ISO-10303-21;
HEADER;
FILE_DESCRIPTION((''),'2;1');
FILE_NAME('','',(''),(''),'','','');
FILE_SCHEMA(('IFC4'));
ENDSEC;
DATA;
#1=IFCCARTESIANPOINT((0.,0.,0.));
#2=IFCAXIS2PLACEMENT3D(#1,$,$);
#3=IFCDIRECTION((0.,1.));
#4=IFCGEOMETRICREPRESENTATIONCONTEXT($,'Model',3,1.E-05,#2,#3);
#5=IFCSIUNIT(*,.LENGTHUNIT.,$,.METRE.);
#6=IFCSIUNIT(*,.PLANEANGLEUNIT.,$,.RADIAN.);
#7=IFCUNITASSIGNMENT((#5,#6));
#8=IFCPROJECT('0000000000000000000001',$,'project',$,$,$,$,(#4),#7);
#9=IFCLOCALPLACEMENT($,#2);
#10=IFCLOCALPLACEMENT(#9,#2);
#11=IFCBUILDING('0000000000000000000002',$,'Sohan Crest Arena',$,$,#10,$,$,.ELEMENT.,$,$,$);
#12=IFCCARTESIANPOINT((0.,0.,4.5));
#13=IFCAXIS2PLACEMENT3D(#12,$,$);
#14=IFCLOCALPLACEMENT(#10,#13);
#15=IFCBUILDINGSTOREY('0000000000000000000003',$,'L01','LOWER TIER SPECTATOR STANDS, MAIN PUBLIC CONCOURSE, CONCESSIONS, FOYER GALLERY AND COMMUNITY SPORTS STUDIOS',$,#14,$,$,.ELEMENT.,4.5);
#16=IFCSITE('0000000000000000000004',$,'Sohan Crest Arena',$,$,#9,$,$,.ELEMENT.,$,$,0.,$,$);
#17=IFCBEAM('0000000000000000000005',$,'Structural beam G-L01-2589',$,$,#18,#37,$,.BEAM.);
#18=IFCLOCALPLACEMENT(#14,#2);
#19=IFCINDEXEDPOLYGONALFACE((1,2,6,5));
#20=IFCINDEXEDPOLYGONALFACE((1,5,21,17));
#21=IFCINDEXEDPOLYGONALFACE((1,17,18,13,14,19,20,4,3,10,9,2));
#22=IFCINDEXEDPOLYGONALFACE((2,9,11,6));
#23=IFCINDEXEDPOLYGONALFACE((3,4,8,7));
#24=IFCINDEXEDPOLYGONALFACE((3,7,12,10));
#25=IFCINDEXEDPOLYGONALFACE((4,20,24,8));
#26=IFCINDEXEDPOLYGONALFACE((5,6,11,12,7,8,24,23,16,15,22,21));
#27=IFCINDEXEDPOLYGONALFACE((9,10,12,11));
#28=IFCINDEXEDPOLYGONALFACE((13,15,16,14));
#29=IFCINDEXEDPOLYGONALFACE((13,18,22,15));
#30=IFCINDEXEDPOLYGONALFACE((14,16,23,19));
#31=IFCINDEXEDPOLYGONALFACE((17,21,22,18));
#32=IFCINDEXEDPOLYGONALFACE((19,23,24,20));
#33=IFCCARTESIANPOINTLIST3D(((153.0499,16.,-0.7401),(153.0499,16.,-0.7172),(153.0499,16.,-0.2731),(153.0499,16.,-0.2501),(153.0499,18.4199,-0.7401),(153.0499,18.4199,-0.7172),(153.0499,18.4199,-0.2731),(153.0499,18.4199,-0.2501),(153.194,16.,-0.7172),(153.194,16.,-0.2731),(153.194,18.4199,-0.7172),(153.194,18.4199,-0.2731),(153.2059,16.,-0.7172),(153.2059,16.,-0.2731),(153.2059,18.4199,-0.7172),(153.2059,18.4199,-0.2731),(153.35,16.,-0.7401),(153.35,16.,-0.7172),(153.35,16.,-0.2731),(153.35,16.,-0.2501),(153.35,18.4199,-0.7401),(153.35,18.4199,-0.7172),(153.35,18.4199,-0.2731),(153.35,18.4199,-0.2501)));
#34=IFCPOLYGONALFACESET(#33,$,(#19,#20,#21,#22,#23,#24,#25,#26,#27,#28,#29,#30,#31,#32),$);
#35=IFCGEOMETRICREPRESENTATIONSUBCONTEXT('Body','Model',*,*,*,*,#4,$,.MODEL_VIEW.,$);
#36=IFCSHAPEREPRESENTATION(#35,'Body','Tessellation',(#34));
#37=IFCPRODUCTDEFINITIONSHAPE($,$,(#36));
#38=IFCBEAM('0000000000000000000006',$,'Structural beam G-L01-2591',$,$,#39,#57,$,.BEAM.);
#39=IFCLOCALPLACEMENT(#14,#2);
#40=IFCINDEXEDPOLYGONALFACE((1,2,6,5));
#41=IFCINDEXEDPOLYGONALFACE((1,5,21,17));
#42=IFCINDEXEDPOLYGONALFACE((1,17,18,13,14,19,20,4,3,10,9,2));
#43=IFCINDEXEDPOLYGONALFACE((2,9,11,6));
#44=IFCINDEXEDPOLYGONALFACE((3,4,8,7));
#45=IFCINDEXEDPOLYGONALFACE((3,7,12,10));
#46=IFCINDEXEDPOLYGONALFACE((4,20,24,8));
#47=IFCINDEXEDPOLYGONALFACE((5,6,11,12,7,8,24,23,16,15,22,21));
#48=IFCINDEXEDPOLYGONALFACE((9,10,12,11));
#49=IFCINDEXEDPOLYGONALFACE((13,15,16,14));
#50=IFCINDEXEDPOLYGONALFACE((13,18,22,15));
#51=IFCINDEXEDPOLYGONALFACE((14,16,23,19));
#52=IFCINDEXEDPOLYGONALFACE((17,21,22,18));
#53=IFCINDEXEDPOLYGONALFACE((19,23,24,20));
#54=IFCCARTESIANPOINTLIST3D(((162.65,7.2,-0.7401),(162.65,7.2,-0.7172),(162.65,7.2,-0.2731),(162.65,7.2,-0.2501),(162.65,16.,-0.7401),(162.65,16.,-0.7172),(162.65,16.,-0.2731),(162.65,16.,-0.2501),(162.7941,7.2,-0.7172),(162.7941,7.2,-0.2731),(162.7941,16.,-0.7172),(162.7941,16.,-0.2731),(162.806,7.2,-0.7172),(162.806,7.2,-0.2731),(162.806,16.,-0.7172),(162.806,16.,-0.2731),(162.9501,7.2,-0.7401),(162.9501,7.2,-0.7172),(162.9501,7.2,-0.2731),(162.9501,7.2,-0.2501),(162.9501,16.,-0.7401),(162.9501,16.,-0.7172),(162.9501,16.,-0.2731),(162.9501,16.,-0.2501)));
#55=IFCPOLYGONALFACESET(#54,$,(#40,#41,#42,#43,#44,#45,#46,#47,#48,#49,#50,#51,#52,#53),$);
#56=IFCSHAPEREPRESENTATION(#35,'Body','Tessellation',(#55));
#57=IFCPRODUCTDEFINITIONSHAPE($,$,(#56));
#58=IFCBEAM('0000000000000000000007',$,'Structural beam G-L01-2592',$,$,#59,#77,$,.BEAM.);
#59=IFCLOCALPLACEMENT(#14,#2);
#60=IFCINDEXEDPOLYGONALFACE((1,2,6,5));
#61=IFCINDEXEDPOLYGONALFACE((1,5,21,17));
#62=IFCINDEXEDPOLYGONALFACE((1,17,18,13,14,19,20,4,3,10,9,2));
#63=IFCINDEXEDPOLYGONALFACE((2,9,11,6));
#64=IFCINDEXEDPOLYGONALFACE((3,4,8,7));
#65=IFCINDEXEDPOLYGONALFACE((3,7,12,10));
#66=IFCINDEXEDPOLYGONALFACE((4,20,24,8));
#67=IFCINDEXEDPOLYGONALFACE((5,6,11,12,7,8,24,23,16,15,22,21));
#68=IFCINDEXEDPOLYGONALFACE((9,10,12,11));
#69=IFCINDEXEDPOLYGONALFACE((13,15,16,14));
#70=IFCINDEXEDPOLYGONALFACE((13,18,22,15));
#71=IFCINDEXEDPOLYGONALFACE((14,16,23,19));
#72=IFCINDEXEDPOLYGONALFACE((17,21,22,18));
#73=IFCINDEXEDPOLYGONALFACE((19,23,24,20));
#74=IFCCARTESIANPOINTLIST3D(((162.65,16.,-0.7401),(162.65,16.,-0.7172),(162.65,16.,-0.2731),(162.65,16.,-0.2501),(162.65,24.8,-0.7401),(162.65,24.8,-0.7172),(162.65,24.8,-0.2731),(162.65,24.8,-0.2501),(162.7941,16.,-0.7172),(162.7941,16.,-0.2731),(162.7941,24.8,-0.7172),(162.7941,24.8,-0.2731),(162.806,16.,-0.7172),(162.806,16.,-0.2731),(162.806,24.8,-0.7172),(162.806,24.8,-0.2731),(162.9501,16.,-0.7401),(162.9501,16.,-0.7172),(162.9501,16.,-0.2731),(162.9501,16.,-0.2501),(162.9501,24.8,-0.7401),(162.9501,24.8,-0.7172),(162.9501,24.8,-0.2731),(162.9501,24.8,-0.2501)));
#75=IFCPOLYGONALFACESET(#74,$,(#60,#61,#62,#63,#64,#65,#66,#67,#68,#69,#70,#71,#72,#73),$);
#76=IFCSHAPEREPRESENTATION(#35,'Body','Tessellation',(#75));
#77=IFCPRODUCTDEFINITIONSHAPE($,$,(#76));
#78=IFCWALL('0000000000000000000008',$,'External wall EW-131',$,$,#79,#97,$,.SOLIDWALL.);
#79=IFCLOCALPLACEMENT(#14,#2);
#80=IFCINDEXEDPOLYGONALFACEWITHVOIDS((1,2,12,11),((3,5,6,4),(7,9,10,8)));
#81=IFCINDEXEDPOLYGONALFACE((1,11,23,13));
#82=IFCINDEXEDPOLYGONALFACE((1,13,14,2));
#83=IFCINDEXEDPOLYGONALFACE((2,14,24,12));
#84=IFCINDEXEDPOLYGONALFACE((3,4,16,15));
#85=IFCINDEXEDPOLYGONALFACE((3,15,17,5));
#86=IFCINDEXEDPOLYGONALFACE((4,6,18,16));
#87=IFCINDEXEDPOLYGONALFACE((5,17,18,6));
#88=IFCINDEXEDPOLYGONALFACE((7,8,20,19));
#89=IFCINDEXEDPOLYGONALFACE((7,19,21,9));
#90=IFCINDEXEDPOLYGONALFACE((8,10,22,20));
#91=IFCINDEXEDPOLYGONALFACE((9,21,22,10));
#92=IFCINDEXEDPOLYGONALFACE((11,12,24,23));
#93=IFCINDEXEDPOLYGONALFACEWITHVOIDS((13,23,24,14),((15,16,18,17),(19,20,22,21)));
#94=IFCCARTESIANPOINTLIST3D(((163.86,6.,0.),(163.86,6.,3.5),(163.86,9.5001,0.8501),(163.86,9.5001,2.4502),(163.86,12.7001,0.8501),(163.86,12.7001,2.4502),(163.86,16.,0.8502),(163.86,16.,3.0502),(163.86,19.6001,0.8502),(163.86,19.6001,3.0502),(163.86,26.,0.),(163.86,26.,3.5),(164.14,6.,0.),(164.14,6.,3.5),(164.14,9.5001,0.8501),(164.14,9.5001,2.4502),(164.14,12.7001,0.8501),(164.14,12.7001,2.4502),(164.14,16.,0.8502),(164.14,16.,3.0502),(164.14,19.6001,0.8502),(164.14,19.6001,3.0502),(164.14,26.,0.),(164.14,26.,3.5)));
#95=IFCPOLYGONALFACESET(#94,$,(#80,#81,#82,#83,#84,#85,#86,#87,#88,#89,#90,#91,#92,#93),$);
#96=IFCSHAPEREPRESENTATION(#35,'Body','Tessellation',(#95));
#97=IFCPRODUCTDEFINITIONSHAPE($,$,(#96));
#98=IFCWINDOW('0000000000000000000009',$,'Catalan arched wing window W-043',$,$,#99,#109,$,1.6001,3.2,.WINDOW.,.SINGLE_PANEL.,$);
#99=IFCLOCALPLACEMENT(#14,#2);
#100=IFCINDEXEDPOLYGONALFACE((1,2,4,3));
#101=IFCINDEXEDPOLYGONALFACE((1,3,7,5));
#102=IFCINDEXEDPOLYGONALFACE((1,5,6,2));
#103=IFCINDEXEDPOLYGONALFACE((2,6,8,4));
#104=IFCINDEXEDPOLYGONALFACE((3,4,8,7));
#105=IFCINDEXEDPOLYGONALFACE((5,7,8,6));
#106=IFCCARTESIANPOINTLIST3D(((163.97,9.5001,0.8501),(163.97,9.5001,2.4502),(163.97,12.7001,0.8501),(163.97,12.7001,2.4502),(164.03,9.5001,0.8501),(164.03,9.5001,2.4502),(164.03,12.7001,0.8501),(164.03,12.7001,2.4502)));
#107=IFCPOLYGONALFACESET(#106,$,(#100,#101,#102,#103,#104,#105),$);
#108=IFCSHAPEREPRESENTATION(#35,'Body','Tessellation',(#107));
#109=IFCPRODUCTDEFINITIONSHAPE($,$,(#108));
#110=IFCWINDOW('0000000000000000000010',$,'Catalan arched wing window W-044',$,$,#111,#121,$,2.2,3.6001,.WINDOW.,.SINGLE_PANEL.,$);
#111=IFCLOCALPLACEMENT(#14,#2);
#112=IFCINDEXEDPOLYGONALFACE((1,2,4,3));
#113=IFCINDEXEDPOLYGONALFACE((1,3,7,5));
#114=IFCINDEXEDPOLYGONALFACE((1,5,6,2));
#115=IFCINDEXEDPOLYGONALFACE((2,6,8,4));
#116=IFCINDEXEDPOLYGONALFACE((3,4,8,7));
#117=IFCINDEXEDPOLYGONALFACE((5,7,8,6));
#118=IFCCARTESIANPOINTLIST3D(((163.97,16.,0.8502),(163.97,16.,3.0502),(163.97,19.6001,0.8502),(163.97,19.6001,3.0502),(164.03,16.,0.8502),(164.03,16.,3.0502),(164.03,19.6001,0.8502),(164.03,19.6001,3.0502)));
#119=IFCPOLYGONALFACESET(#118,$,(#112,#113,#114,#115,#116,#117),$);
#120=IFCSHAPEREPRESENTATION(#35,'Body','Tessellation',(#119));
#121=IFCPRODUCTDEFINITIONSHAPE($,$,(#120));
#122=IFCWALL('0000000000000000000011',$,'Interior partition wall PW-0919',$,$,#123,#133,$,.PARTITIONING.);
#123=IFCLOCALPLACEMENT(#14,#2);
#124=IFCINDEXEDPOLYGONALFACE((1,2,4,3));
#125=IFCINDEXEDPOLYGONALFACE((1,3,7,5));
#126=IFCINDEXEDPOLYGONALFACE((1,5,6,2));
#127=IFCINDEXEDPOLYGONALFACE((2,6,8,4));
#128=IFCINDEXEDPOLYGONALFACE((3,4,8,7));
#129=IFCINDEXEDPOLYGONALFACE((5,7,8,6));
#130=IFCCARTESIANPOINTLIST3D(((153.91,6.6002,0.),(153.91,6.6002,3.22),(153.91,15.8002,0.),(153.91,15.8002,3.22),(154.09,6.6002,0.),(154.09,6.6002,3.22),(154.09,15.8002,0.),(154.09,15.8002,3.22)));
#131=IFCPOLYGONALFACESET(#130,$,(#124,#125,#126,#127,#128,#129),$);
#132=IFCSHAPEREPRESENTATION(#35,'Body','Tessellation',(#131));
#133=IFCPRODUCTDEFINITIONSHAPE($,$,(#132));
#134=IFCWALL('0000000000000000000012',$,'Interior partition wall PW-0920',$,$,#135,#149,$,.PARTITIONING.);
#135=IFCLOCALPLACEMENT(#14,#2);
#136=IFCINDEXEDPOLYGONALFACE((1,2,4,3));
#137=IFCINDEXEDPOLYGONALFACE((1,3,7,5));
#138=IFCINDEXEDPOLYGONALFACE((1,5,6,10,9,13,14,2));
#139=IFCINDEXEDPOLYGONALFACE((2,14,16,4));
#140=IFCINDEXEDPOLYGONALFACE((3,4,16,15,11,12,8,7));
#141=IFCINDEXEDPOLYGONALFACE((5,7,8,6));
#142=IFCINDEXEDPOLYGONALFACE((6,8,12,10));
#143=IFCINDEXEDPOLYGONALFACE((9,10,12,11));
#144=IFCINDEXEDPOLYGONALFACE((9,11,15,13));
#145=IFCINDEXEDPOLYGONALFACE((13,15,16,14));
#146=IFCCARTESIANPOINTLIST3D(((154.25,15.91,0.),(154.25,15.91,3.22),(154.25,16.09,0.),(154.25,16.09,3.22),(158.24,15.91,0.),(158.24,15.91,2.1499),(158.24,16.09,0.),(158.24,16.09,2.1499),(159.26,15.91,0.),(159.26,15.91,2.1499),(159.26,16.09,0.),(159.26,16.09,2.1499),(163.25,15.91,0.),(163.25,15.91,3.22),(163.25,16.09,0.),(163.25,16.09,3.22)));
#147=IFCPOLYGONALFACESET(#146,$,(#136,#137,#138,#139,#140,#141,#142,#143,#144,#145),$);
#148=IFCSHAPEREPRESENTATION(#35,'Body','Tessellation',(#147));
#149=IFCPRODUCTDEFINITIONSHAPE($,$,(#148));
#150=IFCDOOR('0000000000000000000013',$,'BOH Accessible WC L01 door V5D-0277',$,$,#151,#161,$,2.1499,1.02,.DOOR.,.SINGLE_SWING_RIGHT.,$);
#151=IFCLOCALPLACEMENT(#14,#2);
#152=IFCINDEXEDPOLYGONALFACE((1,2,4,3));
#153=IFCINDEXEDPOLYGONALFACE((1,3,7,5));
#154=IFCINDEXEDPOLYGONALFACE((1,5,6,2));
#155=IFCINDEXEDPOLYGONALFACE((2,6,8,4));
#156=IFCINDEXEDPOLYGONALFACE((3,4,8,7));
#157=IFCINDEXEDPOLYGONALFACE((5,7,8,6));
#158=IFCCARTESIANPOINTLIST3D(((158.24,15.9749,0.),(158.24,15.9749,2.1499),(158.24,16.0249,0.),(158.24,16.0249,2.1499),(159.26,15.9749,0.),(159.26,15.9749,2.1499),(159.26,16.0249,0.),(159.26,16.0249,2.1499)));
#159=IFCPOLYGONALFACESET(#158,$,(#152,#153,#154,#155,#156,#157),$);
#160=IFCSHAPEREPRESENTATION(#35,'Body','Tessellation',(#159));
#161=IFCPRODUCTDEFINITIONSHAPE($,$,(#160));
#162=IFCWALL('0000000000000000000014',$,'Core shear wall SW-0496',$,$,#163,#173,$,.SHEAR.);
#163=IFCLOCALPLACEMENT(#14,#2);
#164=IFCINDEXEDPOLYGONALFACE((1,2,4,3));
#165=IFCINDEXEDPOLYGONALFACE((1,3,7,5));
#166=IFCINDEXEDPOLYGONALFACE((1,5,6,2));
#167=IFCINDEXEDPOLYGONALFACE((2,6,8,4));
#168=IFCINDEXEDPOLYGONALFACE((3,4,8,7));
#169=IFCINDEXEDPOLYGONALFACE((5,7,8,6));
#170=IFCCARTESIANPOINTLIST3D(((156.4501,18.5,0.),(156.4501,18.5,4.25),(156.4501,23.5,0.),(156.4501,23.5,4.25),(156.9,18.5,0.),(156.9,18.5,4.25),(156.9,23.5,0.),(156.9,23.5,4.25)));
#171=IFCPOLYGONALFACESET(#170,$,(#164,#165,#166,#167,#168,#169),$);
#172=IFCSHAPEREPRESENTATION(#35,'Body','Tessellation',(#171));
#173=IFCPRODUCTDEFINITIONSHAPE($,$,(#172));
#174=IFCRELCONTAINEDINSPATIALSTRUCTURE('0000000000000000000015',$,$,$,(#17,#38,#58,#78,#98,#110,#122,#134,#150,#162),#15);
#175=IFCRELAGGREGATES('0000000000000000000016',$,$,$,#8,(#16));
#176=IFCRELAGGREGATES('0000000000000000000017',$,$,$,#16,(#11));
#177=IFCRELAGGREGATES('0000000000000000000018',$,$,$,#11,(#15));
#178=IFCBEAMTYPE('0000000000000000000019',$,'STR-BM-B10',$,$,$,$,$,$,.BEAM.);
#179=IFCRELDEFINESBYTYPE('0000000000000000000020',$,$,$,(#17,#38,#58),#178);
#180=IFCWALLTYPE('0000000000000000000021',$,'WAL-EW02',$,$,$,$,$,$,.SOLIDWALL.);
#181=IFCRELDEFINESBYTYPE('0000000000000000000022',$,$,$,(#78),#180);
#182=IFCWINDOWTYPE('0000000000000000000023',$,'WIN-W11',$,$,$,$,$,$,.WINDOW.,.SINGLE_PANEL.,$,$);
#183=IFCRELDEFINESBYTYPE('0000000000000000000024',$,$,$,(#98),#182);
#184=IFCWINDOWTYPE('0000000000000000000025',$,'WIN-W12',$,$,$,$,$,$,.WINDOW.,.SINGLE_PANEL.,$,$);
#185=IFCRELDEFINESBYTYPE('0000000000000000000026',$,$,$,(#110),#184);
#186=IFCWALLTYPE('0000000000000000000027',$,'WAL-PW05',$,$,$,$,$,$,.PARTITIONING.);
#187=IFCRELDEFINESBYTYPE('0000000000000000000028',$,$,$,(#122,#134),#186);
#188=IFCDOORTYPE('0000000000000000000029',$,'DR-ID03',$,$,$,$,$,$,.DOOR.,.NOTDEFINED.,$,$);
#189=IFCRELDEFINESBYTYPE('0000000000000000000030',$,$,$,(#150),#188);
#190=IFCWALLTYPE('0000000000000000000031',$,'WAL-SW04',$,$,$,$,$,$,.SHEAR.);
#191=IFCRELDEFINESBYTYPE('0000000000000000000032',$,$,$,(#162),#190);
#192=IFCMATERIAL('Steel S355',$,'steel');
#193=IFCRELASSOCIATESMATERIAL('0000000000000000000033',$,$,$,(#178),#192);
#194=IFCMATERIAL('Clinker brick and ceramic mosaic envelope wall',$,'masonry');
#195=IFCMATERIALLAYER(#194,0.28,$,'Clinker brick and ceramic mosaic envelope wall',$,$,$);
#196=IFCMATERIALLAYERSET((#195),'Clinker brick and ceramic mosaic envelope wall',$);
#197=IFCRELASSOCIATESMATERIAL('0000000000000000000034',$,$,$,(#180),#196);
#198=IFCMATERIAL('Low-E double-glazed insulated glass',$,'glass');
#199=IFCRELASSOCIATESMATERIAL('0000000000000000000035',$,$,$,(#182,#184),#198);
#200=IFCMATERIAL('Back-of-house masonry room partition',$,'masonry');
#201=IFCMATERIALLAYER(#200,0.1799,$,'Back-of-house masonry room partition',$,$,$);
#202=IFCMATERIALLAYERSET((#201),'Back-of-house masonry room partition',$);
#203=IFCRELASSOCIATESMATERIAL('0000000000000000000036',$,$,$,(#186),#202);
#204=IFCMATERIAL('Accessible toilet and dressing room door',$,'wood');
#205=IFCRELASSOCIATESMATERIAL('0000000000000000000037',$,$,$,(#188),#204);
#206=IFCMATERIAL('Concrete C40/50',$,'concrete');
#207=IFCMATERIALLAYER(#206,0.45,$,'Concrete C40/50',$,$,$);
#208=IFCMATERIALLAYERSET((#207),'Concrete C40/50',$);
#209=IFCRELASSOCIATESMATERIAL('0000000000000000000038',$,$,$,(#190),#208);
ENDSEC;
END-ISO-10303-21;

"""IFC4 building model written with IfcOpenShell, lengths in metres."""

from ifc_helpers import new_model, si_unit, direction, frame, frame_2d, origin, origin_2d, place, context, subcontext, project, spatial, rectangle, i_section, extrude, material, layer, layer_set, material_profile, profile_set, type_object, element, fill, save


model = new_model("IFC4")

# Units and contexts
model_context = context("Model", 3, precision=1e-05, world=origin(), true_north=direction((0.0, 1.0)))
body_context = subcontext(model_context, "Body", "Model", "MODEL_VIEW")
ifc_project = project(units=[si_unit("LENGTHUNIT", "METRE"), si_unit("PLANEANGLEUNIT", "RADIAN")], contexts=[model_context])

# Site, building, storey
site_placement = place(None, origin())
site = spatial("IfcSite", under=ifc_project, at=site_placement, Name="Sohan Crest Arena", CompositionType="ELEMENT", RefElevation=0.0)
building_placement = place(site_placement, origin())
building = spatial("IfcBuilding", under=site, at=building_placement, Name="Sohan Crest Arena", CompositionType="ELEMENT")
storey_placement = place(building_placement, frame((0.0, 0.0, 4.5)))
storey = spatial("IfcBuildingStorey", under=building, at=storey_placement, Name="L01", Description="LOWER TIER SPECTATOR STANDS, MAIN PUBLIC CONCOURSE, CONCESSIONS, FOYER GALLERY AND COMMUNITY SPORTS STUDIOS", CompositionType="ELEMENT", Elevation=4.5)

# Shared definitions
ifc_material_1 = material(Name="Steel S355", Category="steel")

# Beams
ifc_material_profile_1 = material_profile(ifc_material_1, i_section(OverallWidth=0.3, OverallDepth=0.49, WebThickness=0.012, FlangeThickness=0.0229, at=origin_2d()), Name="HEA 500")
ifc_profile_set_1 = profile_set([ifc_material_profile_1], Name="Steel S355")
beam_type_1 = type_object("IfcBeamType", Name="STR-BM-B10", PredefinedType="BEAM", material=ifc_profile_set_1)
beam_1_placement = place(storey_placement, frame((153.2, 16.0, -0.4951), z_axis=(0.0, 1.0, 0.0), x_axis=(-1.0, 0.0, 0.0)))
element("IfcBeam", 1, at=beam_1_placement, inside=storey, type_object=beam_type_1, Name="Structural beam G-L01-2589", PredefinedType="BEAM", context=body_context, shape_type="SweptSolid", body=[
    extrude(i_section(OverallWidth=0.3, OverallDepth=0.49, WebThickness=0.012, FlangeThickness=0.0229, at=origin_2d()), origin(), (0.0, 0.0, 1.0), 2.4199),
])
for number, where, z_axis, x_axis, name in (
    (2, (162.8, 7.2, -0.4951), (0.0, 1.0, 0.0), (-1.0, 0.0, 0.0), "Structural beam G-L01-2591"),
    (3, (162.8, 16.0, -0.4951), (0.0, 1.0, 0.0), (-1.0, 0.0, 0.0), "Structural beam G-L01-2592"),
):
    element("IfcBeam", number, at=place(storey_placement, frame(where, z_axis=z_axis, x_axis=x_axis)), inside=storey, type_object=beam_type_1, Name=name, PredefinedType="BEAM", context=body_context, shape_type="SweptSolid", body=[
        extrude(i_section(OverallWidth=0.3, OverallDepth=0.49, WebThickness=0.012, FlangeThickness=0.0229, at=origin_2d()), origin(), (0.0, 0.0, 1.0), 8.8),
    ])

# Wall, openings, windows
ifc_material_2 = material(Name="Clinker brick and ceramic mosaic envelope wall", Category="masonry")
ifc_layer_1 = layer(ifc_material_2, 0.28, Name="Clinker brick and ceramic mosaic envelope wall")
ifc_layer_set_1 = layer_set([ifc_layer_1], Name="Clinker brick and ceramic mosaic envelope wall")
wall_type_1 = type_object("IfcWallType", Name="WAL-EW02", PredefinedType="SOLIDWALL", material=ifc_layer_set_1)
wall_1_placement = place(storey_placement, frame((164.0, 6.0, 0.0), z_axis=(0.0, 0.0, 1.0), x_axis=(0.0, 1.0, 0.0)))
wall_1 = element("IfcWall", 4, at=wall_1_placement, inside=storey, type_object=wall_type_1, Name="External wall EW-131", PredefinedType="SOLIDWALL", context=body_context, shape_type="SweptSolid", body=[
    extrude(rectangle(XDim=20.0, YDim=0.28, at=frame_2d((10.0, 0.0))), origin(), (0.0, 0.0, 1.0), 3.5),
])
opening_1_placement = place(wall_1_placement, frame((3.5, 0.0, 0.8501)))
opening_1 = element("IfcOpeningElement", 5, at=opening_1_placement, cuts=wall_1, PredefinedType="OPENING", context=body_context, shape_type="SweptSolid", body=[
    extrude(rectangle(XDim=3.2, YDim=1.6001, at=frame_2d((1.6001, 0.8))), frame((0.0, 0.1499, 0.0), z_axis=(0.0, -1.0, 0.0), x_axis=(1.0, 0.0, 0.0)), (0.0, 0.0, 1.0), 0.3),
])
opening_2_placement = place(wall_1_placement, frame((10.0, 0.0, 0.8501)))
opening_2 = element("IfcOpeningElement", 6, at=opening_2_placement, cuts=wall_1, PredefinedType="OPENING", context=body_context, shape_type="SweptSolid", body=[
    extrude(rectangle(XDim=3.6001, YDim=2.2, at=frame_2d((1.8, 1.1001))), frame((0.0, 0.1499, 0.0), z_axis=(0.0, -1.0, 0.0), x_axis=(1.0, 0.0, 0.0)), (0.0, 0.0, 1.0), 0.3),
])
ifc_material_3 = material(Name="Low-E double-glazed insulated glass", Category="glass")
window_type_1 = type_object("IfcWindowType", Name="WIN-W11", PartitioningType="SINGLE_PANEL", PredefinedType="WINDOW", material=ifc_material_3)
window_1_placement = place(opening_1_placement, origin())
window_1 = element("IfcWindow", 7, at=window_1_placement, inside=storey, type_object=window_type_1, Name="Catalan arched wing window W-043", OverallHeight=1.6001, OverallWidth=3.2, PartitioningType="SINGLE_PANEL", PredefinedType="WINDOW", context=body_context, shape_type="SweptSolid", body=[
    extrude(rectangle(XDim=3.2, YDim=1.6001, at=frame_2d((1.6001, 0.8))), frame((0.0, 0.03, 0.0), z_axis=(0.0, -1.0, 0.0), x_axis=(1.0, 0.0, 0.0)), (0.0, 0.0, 1.0), 0.0601),
])
fill(opening_1, window_1)
window_type_2 = type_object("IfcWindowType", Name="WIN-W12", PartitioningType="SINGLE_PANEL", PredefinedType="WINDOW", material=ifc_material_3)
window_2_placement = place(opening_2_placement, origin())
window_2 = element("IfcWindow", 8, at=window_2_placement, inside=storey, type_object=window_type_2, Name="Catalan arched wing window W-044", OverallHeight=2.2, OverallWidth=3.6001, PartitioningType="SINGLE_PANEL", PredefinedType="WINDOW", context=body_context, shape_type="SweptSolid", body=[
    extrude(rectangle(XDim=3.6001, YDim=2.2, at=frame_2d((1.8, 1.1001))), frame((0.0, 0.03, 0.0), z_axis=(0.0, -1.0, 0.0), x_axis=(1.0, 0.0, 0.0)), (0.0, 0.0, 1.0), 0.0601),
])
fill(opening_2, window_2)

# Wall
ifc_material_4 = material(Name="Back-of-house masonry room partition", Category="masonry")
ifc_layer_2 = layer(ifc_material_4, 0.1799, Name="Back-of-house masonry room partition")
ifc_layer_set_2 = layer_set([ifc_layer_2], Name="Back-of-house masonry room partition")
wall_type_2 = type_object("IfcWallType", Name="WAL-PW05", PredefinedType="PARTITIONING", material=ifc_layer_set_2)
wall_2_placement = place(storey_placement, frame((154.0, 6.6001, 0.0), z_axis=(0.0, 0.0, 1.0), x_axis=(0.0, 1.0, 0.0)))
element("IfcWall", 9, at=wall_2_placement, inside=storey, type_object=wall_type_2, Name="Interior partition wall PW-0919", PredefinedType="PARTITIONING", context=body_context, shape_type="SweptSolid", body=[
    extrude(rectangle(XDim=9.2, YDim=0.1799, at=frame_2d((4.6001, 0.0))), origin(), (0.0, 0.0, 1.0), 3.22),
])

# Wall, opening, door
wall_3_placement = place(storey_placement, frame((154.25, 16.0, 0.0), z_axis=(0.0, 0.0, 1.0), x_axis=(1.0, 0.0, 0.0)))
wall_3 = element("IfcWall", 10, at=wall_3_placement, inside=storey, type_object=wall_type_2, Name="Interior partition wall PW-0920", PredefinedType="PARTITIONING", context=body_context, shape_type="SweptSolid", body=[
    extrude(rectangle(XDim=9.0, YDim=0.1799, at=frame_2d((4.5, 0.0))), origin(), (0.0, 0.0, 1.0), 3.22),
])
opening_3_placement = place(wall_3_placement, frame((3.99, 0.0, 0.0)))
opening_3 = element("IfcOpeningElement", 11, at=opening_3_placement, cuts=wall_3, PredefinedType="OPENING", context=body_context, shape_type="SweptSolid", body=[
    extrude(rectangle(XDim=1.02, YDim=2.1499, at=frame_2d((0.51, 1.075))), frame((0.0, 0.0999, 0.0), z_axis=(0.0, -1.0, 0.0), x_axis=(1.0, 0.0, 0.0)), (0.0, 0.0, 1.0), 0.2),
])
ifc_material_5 = material(Name="Accessible toilet and dressing room door", Category="wood")
door_type = type_object("IfcDoorType", Name="DR-ID03", OperationType="NOTDEFINED", PredefinedType="DOOR", material=ifc_material_5)
door_placement = place(opening_3_placement, origin())
door = element("IfcDoor", 12, at=door_placement, inside=storey, type_object=door_type, Name="BOH Accessible WC L01 door V5D-0277", OperationType="SINGLE_SWING_RIGHT", OverallHeight=2.1499, OverallWidth=1.02, PredefinedType="DOOR", context=body_context, shape_type="SweptSolid", body=[
    extrude(rectangle(XDim=1.02, YDim=2.1499, at=frame_2d((0.51, 1.075))), frame((0.0, 0.0249, 0.0), z_axis=(0.0, -1.0, 0.0), x_axis=(1.0, 0.0, 0.0)), (0.0, 0.0, 1.0), 0.05),
])
fill(opening_3, door)

# Wall
ifc_material_6 = material(Name="Concrete C40/50", Category="concrete")
ifc_layer_3 = layer(ifc_material_6, 0.45, Name="Concrete C40/50")
ifc_layer_set_3 = layer_set([ifc_layer_3], Name="Concrete C40/50")
wall_type_3 = type_object("IfcWallType", Name="WAL-SW04", PredefinedType="SHEAR", material=ifc_layer_set_3)
wall_4_placement = place(storey_placement, frame((156.675, 18.5, 0.0), z_axis=(0.0, 0.0, 1.0), x_axis=(0.0, 1.0, 0.0)))
element("IfcWall", 13, at=wall_4_placement, inside=storey, type_object=wall_type_3, Name="Core shear wall SW-0496", PredefinedType="SHEAR", context=body_context, shape_type="SweptSolid", body=[
    extrude(rectangle(XDim=5.0, YDim=0.45, at=frame_2d((2.5, 0.0))), origin(), (0.0, 0.0, 1.0), 4.25),
])

save(model, "model.ifc")
